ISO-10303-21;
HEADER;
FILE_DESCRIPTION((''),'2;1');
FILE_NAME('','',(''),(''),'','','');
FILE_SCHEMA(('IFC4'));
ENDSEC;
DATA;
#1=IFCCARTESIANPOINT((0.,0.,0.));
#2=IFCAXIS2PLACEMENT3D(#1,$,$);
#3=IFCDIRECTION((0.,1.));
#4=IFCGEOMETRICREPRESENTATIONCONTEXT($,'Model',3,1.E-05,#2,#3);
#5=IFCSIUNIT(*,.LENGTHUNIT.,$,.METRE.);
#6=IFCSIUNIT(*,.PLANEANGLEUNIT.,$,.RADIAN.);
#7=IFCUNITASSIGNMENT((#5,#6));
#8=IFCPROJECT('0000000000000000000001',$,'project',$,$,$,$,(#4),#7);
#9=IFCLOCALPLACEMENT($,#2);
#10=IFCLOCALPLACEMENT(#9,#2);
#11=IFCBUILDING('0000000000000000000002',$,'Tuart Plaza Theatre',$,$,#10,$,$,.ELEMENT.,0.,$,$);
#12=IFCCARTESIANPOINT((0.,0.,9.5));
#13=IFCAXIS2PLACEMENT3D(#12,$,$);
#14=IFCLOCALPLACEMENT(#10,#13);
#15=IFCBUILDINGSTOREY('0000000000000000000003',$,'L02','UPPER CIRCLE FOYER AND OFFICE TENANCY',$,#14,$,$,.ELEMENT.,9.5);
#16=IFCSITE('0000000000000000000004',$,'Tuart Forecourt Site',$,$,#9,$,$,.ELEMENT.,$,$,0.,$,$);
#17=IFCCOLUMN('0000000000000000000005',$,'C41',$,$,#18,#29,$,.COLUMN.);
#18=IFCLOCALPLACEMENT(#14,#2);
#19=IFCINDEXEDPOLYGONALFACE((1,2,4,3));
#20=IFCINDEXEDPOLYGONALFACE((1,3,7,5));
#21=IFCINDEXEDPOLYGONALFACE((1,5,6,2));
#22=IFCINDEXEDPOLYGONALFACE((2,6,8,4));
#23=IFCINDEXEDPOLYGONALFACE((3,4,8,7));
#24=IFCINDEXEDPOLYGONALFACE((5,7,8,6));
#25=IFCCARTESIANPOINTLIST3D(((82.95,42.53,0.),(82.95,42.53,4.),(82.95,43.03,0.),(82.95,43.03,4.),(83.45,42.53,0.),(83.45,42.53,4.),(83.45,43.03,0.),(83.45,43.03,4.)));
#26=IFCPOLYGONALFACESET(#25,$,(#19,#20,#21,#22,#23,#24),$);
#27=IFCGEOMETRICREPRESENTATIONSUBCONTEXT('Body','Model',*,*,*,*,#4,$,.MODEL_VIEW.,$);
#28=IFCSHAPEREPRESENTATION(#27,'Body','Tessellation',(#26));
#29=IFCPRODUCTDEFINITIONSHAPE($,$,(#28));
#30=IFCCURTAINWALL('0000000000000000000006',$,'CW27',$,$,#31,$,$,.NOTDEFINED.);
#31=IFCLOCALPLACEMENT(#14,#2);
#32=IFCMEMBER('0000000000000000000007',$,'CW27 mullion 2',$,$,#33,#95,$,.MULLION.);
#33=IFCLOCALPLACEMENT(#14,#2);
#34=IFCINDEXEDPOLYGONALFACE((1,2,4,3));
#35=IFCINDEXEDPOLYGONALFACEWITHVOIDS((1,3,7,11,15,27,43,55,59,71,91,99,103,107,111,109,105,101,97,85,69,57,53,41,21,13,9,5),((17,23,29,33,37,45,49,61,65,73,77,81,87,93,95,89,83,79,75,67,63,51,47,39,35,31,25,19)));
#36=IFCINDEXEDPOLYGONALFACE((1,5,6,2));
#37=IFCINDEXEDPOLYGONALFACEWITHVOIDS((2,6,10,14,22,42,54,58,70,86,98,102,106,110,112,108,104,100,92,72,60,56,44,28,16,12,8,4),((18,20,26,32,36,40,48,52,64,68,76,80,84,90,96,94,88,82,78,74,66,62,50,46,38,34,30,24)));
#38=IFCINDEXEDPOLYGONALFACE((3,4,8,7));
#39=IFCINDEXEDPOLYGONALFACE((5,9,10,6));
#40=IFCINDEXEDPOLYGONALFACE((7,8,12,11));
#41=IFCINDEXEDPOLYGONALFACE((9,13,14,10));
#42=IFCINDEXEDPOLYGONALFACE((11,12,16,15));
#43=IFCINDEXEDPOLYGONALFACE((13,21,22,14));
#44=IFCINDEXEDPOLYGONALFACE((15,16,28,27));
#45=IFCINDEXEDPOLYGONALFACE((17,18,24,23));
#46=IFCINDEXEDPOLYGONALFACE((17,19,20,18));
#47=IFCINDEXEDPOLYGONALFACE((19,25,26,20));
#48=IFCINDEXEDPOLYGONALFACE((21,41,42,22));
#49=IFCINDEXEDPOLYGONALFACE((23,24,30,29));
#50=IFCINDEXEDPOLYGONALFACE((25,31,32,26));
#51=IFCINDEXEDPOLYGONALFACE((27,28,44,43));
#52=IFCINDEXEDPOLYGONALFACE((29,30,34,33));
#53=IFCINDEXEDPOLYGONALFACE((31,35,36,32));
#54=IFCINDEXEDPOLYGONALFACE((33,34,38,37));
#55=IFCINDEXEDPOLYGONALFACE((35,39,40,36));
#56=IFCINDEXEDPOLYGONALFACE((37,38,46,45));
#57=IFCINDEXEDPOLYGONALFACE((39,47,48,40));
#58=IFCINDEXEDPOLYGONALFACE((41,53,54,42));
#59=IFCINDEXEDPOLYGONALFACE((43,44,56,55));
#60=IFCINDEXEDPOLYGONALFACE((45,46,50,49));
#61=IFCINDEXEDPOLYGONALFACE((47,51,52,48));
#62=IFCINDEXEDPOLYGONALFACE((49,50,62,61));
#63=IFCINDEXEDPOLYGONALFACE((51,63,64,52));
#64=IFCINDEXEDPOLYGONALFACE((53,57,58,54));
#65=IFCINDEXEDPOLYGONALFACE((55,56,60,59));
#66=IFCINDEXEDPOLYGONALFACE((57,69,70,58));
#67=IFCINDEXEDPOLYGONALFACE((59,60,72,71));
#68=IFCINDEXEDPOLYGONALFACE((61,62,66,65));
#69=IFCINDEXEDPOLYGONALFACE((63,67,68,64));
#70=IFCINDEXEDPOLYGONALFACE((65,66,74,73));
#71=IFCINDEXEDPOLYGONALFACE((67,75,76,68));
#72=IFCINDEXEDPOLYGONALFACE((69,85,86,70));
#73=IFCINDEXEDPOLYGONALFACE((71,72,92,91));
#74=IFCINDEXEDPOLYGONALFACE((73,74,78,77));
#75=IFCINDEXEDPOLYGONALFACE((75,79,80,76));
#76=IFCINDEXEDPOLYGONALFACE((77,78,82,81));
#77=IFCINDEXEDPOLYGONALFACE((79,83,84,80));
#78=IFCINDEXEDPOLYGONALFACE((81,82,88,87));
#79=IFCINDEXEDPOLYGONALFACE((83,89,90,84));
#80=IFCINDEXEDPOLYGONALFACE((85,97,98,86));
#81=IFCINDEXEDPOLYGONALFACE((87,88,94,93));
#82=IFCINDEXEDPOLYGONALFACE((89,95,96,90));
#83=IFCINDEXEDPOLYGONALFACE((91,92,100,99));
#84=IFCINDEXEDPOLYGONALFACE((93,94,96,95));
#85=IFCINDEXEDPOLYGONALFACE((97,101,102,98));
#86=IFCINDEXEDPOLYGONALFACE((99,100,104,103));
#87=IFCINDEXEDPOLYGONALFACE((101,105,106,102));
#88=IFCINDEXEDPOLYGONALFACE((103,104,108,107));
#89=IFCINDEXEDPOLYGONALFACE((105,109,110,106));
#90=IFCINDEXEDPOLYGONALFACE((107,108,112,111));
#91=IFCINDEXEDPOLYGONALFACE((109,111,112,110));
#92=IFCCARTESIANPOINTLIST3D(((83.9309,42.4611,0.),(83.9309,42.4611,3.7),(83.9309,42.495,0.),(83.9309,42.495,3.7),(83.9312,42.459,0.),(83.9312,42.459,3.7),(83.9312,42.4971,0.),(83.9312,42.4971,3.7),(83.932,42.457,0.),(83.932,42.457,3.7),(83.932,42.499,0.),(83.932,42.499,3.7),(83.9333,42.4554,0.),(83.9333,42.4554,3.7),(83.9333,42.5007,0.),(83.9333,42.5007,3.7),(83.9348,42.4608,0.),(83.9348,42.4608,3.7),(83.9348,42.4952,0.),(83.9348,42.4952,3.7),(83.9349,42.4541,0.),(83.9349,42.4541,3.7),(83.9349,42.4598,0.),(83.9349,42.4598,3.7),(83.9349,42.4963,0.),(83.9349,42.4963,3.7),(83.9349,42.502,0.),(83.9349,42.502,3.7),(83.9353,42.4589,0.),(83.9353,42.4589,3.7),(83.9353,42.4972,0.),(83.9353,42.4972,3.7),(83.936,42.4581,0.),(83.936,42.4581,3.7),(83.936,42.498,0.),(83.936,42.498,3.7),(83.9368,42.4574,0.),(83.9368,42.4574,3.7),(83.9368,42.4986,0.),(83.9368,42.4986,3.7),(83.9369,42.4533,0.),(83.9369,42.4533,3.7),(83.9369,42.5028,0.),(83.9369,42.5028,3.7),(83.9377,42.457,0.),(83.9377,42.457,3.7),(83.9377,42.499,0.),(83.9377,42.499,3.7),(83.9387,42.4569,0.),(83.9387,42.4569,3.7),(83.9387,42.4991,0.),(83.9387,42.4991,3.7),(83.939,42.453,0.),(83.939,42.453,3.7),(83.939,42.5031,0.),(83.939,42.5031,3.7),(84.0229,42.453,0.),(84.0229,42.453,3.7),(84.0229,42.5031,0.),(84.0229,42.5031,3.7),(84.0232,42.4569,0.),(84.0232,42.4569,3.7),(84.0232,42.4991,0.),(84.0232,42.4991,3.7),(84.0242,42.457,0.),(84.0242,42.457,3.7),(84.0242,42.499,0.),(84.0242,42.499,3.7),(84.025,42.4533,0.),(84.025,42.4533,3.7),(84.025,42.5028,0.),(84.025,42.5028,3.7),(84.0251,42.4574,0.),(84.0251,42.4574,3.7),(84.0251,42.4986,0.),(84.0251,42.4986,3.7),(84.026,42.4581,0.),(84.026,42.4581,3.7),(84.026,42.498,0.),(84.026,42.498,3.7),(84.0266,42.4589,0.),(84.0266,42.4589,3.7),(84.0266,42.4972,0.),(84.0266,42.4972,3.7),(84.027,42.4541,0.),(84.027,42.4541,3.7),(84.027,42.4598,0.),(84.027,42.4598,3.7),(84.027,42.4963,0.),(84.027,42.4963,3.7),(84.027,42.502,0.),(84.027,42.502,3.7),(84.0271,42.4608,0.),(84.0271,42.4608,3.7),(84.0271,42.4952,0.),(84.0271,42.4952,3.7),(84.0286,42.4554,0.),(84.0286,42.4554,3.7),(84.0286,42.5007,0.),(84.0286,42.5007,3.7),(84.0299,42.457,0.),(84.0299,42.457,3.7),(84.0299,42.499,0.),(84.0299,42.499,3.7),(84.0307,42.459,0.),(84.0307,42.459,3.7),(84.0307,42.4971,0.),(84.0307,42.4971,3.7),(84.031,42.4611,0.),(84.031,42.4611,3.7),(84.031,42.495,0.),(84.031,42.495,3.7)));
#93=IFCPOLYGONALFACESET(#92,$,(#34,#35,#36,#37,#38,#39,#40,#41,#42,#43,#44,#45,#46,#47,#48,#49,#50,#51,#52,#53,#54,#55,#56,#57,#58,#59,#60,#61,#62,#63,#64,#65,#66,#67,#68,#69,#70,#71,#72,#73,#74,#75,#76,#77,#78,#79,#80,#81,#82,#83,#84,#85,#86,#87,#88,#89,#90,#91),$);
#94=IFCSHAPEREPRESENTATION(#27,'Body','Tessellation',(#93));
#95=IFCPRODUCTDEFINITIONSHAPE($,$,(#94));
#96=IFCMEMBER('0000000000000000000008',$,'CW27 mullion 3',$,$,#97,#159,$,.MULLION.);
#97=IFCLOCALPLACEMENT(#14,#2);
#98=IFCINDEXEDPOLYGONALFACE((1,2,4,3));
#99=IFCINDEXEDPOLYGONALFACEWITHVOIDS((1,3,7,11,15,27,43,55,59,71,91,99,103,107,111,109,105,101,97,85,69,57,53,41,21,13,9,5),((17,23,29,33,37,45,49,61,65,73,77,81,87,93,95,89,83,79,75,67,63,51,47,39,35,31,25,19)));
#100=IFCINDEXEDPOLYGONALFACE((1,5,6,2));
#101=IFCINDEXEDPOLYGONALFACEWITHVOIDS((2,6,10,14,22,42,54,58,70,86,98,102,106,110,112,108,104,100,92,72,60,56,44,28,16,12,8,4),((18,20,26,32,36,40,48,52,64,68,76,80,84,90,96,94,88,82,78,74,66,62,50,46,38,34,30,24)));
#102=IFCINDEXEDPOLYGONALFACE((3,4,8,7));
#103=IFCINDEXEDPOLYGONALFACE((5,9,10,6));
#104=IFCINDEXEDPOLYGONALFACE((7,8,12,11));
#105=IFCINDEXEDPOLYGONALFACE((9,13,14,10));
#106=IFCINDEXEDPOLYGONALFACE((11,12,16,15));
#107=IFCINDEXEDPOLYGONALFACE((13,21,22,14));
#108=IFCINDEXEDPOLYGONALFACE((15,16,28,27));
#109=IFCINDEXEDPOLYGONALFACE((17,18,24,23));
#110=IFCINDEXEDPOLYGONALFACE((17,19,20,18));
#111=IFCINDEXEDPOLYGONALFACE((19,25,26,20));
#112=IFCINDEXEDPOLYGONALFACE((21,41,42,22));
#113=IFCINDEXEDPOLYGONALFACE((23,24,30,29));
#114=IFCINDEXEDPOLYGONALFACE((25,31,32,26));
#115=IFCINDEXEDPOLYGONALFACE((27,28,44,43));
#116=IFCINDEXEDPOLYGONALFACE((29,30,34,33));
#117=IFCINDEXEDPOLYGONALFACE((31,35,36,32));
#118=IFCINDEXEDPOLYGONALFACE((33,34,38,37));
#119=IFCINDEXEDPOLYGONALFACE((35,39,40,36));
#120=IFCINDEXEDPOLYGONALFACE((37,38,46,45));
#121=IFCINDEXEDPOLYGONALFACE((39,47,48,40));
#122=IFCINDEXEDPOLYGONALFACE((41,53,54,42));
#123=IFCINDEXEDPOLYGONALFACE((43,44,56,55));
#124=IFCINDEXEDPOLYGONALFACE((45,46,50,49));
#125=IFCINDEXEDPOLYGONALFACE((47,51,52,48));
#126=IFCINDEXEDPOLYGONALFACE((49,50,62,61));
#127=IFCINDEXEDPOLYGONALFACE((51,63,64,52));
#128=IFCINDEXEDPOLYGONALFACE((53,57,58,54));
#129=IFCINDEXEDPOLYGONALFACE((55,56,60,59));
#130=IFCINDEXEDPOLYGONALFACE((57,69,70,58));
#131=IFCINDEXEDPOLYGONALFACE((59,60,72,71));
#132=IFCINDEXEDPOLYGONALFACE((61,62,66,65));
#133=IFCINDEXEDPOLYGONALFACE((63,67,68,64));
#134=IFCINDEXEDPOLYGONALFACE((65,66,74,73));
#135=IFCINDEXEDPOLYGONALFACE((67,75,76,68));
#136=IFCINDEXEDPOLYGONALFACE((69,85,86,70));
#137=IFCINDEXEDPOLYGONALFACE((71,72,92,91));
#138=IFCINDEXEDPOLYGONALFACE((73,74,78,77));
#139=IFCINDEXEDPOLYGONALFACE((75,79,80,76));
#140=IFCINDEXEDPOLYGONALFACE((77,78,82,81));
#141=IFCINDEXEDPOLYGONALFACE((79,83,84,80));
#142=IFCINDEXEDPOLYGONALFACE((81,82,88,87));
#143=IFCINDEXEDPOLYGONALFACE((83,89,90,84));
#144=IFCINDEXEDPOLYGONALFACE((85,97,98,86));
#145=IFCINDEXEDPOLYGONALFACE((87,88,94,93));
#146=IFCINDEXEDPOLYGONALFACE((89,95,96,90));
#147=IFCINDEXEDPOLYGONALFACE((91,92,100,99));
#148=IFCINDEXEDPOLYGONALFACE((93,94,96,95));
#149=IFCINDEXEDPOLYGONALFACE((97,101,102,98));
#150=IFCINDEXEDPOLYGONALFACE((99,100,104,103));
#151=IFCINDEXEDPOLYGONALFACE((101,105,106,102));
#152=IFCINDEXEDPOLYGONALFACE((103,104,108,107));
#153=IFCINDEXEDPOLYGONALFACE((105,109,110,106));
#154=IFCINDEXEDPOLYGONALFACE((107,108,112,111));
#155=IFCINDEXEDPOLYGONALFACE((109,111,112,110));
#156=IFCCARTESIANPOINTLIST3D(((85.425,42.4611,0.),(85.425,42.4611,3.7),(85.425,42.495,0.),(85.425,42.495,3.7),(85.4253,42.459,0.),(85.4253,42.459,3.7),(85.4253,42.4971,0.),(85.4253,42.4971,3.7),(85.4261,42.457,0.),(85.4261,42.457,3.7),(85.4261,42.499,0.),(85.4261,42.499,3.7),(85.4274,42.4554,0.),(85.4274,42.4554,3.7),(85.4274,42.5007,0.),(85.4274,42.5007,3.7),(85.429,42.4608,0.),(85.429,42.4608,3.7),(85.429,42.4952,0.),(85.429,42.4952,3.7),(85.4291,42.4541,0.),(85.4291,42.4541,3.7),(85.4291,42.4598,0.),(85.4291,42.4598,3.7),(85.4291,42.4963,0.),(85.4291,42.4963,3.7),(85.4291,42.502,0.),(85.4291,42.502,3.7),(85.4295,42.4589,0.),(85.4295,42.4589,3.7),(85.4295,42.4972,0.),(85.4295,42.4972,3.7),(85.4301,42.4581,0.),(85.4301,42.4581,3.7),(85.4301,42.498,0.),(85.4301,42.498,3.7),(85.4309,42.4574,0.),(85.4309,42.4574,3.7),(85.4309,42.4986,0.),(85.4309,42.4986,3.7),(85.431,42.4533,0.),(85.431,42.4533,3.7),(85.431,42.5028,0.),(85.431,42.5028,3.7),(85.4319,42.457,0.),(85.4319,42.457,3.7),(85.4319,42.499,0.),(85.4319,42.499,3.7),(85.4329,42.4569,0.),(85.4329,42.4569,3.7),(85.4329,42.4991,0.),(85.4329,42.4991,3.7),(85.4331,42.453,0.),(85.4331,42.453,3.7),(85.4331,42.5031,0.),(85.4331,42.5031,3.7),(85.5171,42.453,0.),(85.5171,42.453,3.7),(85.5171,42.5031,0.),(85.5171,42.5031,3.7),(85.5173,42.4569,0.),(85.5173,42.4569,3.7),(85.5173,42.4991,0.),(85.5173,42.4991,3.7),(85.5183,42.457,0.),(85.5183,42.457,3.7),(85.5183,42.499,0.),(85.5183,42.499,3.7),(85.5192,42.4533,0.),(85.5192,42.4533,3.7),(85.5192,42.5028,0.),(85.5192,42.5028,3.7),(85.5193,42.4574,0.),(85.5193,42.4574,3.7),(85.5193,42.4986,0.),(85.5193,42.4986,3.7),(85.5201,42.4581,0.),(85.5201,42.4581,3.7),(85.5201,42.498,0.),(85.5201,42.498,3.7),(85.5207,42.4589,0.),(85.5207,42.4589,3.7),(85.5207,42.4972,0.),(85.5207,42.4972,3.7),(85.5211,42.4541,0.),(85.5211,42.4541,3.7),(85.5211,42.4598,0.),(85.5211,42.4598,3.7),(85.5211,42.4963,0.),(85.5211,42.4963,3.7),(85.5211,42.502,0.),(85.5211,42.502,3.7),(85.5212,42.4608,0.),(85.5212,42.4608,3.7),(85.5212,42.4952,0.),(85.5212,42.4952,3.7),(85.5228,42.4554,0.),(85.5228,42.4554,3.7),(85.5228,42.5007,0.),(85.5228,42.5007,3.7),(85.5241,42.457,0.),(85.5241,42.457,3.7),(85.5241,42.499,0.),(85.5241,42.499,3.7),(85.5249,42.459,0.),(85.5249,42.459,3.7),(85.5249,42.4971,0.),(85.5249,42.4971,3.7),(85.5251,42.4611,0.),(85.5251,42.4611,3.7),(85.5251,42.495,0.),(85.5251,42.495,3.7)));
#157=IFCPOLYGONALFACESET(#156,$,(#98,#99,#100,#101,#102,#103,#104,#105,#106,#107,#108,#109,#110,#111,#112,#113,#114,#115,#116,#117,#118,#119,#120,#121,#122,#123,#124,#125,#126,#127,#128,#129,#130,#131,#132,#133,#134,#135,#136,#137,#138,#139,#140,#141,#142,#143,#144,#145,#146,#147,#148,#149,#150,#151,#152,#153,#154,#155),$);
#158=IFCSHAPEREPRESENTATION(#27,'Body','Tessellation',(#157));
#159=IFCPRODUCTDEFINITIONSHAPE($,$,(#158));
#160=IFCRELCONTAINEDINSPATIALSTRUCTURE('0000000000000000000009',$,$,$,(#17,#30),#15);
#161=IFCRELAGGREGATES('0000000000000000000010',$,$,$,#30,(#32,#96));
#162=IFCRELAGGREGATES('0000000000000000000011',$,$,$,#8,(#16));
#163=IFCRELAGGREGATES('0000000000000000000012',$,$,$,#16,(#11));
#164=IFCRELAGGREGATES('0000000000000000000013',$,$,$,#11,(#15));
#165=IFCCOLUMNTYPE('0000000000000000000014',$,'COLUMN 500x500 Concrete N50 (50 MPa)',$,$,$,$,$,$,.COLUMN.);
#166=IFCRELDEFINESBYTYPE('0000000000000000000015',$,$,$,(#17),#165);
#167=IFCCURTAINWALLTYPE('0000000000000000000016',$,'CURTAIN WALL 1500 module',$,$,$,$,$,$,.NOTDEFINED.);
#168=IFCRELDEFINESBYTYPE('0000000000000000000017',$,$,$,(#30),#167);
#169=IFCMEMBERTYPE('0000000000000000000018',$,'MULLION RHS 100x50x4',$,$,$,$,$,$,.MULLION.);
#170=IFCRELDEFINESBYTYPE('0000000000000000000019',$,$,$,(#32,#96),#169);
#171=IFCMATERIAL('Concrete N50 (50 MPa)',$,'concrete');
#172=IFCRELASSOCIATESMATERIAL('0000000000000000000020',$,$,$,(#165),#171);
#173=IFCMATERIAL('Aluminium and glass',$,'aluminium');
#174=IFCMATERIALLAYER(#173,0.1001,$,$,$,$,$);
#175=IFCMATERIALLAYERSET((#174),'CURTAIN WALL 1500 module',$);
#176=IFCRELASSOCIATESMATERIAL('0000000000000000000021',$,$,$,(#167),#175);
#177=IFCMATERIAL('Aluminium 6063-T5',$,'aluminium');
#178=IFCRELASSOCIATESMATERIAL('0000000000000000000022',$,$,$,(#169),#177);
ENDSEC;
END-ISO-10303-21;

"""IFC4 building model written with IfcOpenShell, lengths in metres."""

from ifc_helpers import new_model, si_unit, direction, frame, origin, origin_2d, place, context, subcontext, project, spatial, rectangle, hollow_rectangle, extrude, material, layer, layer_set, material_profile, profile_set, type_object, element, aggregate, save


model = new_model("IFC4")

# Units and contexts
model_context = context("Model", 3, precision=1e-05, world=origin(), true_north=direction((0.0, 1.0)))
body_context = subcontext(model_context, "Body", "Model", "MODEL_VIEW")
ifc_project = project(units=[si_unit("LENGTHUNIT", "METRE"), si_unit("PLANEANGLEUNIT", "RADIAN")], contexts=[model_context])

# Site, building, storey
site_placement = place(None, origin())
site = spatial("IfcSite", under=ifc_project, at=site_placement, Name="Tuart Forecourt Site", CompositionType="ELEMENT", RefElevation=0.0)
building_placement = place(site_placement, origin())
building = spatial("IfcBuilding", under=site, at=building_placement, Name="Tuart Plaza Theatre", CompositionType="ELEMENT", ElevationOfRefHeight=0.0)
storey_placement = place(building_placement, frame((0.0, 0.0, 9.5)))
storey = spatial("IfcBuildingStorey", under=building, at=storey_placement, Name="L02", Description="UPPER CIRCLE FOYER AND OFFICE TENANCY", CompositionType="ELEMENT", Elevation=9.5)

# Column
ifc_material_1 = material(Name="Concrete N50 (50 MPa)", Category="concrete")
ifc_material_profile_1 = material_profile(ifc_material_1, rectangle(XDim=0.5, YDim=0.5, at=origin_2d()), Name="COLUMN 500x500 Concrete N50 (50 MPa)")
ifc_profile_set_1 = profile_set([ifc_material_profile_1], Name="Concrete N50 (50 MPa)")
column_type = type_object("IfcColumnType", Name="COLUMN 500x500 Concrete N50 (50 MPa)", PredefinedType="COLUMN", material=ifc_profile_set_1)
column_placement = place(storey_placement, frame((83.2, 42.78, 0.0), z_axis=(0.0, 0.0, 1.0), x_axis=(1.0, 0.0, 0.0)))
element("IfcColumn", 1, at=column_placement, inside=storey, type_object=column_type, Name="C41", PredefinedType="COLUMN", context=body_context, shape_type="SweptSolid", body=[
    extrude(rectangle(XDim=0.5, YDim=0.5, at=origin_2d()), origin(), (0.0, 0.0, 1.0), 4.0),
])

# Curtain wall, members
ifc_material_2 = material(Name="Aluminium and glass", Category="aluminium")
ifc_layer_1 = layer(ifc_material_2, 0.1001)
ifc_layer_set_1 = layer_set([ifc_layer_1], Name="CURTAIN WALL 1500 module")
curtain_wall_type = type_object("IfcCurtainWallType", Name="CURTAIN WALL 1500 module", PredefinedType="NOTDEFINED", material=ifc_layer_set_1)
curtain_wall_placement = place(storey_placement, origin())
curtain_wall = element("IfcCurtainWall", 2, at=curtain_wall_placement, inside=storey, type_object=curtain_wall_type, Name="CW27", PredefinedType="NOTDEFINED")
ifc_material_3 = material(Name="Aluminium 6063-T5", Category="aluminium")
ifc_material_profile_2 = material_profile(ifc_material_3, hollow_rectangle(XDim=0.05, YDim=0.1001, WallThickness=0.0039, InnerFilletRadius=0.0039, OuterFilletRadius=0.0081, at=origin_2d()), Name="RHS 100x50x4")
ifc_profile_set_2 = profile_set([ifc_material_profile_2], Name="Aluminium 6063-T5")
member_type_1 = type_object("IfcMemberType", Name="MULLION RHS 100x50x4", PredefinedType="MULLION", material=ifc_profile_set_2)
member_1_placement = place(storey_placement, frame((83.981, 42.478, 0.0), z_axis=(0.0, 0.0, 1.0), x_axis=(0.0, 1.0, 0.0)))
member_1 = element("IfcMember", 3, at=member_1_placement, type_object=member_type_1, Name="CW27 mullion 2", PredefinedType="MULLION", context=body_context, shape_type="SweptSolid", body=[
    extrude(hollow_rectangle(XDim=0.05, YDim=0.1001, WallThickness=0.0039, InnerFilletRadius=0.0039, OuterFilletRadius=0.0081, at=origin_2d()), origin(), (0.0, 0.0, 1.0), 3.7),
])
member_2_placement = place(storey_placement, frame((85.4751, 42.478, 0.0), z_axis=(0.0, 0.0, 1.0), x_axis=(0.0, 1.0, 0.0)))
member_2 = element("IfcMember", 4, at=member_2_placement, type_object=member_type_1, Name="CW27 mullion 3", PredefinedType="MULLION", context=body_context, shape_type="SweptSolid", body=[
    extrude(hollow_rectangle(XDim=0.05, YDim=0.1001, WallThickness=0.0039, InnerFilletRadius=0.0039, OuterFilletRadius=0.0081, at=origin_2d()), origin(), (0.0, 0.0, 1.0), 3.7),
])
aggregate(curtain_wall, [member_1, member_2])

save(model, "model.ifc")
